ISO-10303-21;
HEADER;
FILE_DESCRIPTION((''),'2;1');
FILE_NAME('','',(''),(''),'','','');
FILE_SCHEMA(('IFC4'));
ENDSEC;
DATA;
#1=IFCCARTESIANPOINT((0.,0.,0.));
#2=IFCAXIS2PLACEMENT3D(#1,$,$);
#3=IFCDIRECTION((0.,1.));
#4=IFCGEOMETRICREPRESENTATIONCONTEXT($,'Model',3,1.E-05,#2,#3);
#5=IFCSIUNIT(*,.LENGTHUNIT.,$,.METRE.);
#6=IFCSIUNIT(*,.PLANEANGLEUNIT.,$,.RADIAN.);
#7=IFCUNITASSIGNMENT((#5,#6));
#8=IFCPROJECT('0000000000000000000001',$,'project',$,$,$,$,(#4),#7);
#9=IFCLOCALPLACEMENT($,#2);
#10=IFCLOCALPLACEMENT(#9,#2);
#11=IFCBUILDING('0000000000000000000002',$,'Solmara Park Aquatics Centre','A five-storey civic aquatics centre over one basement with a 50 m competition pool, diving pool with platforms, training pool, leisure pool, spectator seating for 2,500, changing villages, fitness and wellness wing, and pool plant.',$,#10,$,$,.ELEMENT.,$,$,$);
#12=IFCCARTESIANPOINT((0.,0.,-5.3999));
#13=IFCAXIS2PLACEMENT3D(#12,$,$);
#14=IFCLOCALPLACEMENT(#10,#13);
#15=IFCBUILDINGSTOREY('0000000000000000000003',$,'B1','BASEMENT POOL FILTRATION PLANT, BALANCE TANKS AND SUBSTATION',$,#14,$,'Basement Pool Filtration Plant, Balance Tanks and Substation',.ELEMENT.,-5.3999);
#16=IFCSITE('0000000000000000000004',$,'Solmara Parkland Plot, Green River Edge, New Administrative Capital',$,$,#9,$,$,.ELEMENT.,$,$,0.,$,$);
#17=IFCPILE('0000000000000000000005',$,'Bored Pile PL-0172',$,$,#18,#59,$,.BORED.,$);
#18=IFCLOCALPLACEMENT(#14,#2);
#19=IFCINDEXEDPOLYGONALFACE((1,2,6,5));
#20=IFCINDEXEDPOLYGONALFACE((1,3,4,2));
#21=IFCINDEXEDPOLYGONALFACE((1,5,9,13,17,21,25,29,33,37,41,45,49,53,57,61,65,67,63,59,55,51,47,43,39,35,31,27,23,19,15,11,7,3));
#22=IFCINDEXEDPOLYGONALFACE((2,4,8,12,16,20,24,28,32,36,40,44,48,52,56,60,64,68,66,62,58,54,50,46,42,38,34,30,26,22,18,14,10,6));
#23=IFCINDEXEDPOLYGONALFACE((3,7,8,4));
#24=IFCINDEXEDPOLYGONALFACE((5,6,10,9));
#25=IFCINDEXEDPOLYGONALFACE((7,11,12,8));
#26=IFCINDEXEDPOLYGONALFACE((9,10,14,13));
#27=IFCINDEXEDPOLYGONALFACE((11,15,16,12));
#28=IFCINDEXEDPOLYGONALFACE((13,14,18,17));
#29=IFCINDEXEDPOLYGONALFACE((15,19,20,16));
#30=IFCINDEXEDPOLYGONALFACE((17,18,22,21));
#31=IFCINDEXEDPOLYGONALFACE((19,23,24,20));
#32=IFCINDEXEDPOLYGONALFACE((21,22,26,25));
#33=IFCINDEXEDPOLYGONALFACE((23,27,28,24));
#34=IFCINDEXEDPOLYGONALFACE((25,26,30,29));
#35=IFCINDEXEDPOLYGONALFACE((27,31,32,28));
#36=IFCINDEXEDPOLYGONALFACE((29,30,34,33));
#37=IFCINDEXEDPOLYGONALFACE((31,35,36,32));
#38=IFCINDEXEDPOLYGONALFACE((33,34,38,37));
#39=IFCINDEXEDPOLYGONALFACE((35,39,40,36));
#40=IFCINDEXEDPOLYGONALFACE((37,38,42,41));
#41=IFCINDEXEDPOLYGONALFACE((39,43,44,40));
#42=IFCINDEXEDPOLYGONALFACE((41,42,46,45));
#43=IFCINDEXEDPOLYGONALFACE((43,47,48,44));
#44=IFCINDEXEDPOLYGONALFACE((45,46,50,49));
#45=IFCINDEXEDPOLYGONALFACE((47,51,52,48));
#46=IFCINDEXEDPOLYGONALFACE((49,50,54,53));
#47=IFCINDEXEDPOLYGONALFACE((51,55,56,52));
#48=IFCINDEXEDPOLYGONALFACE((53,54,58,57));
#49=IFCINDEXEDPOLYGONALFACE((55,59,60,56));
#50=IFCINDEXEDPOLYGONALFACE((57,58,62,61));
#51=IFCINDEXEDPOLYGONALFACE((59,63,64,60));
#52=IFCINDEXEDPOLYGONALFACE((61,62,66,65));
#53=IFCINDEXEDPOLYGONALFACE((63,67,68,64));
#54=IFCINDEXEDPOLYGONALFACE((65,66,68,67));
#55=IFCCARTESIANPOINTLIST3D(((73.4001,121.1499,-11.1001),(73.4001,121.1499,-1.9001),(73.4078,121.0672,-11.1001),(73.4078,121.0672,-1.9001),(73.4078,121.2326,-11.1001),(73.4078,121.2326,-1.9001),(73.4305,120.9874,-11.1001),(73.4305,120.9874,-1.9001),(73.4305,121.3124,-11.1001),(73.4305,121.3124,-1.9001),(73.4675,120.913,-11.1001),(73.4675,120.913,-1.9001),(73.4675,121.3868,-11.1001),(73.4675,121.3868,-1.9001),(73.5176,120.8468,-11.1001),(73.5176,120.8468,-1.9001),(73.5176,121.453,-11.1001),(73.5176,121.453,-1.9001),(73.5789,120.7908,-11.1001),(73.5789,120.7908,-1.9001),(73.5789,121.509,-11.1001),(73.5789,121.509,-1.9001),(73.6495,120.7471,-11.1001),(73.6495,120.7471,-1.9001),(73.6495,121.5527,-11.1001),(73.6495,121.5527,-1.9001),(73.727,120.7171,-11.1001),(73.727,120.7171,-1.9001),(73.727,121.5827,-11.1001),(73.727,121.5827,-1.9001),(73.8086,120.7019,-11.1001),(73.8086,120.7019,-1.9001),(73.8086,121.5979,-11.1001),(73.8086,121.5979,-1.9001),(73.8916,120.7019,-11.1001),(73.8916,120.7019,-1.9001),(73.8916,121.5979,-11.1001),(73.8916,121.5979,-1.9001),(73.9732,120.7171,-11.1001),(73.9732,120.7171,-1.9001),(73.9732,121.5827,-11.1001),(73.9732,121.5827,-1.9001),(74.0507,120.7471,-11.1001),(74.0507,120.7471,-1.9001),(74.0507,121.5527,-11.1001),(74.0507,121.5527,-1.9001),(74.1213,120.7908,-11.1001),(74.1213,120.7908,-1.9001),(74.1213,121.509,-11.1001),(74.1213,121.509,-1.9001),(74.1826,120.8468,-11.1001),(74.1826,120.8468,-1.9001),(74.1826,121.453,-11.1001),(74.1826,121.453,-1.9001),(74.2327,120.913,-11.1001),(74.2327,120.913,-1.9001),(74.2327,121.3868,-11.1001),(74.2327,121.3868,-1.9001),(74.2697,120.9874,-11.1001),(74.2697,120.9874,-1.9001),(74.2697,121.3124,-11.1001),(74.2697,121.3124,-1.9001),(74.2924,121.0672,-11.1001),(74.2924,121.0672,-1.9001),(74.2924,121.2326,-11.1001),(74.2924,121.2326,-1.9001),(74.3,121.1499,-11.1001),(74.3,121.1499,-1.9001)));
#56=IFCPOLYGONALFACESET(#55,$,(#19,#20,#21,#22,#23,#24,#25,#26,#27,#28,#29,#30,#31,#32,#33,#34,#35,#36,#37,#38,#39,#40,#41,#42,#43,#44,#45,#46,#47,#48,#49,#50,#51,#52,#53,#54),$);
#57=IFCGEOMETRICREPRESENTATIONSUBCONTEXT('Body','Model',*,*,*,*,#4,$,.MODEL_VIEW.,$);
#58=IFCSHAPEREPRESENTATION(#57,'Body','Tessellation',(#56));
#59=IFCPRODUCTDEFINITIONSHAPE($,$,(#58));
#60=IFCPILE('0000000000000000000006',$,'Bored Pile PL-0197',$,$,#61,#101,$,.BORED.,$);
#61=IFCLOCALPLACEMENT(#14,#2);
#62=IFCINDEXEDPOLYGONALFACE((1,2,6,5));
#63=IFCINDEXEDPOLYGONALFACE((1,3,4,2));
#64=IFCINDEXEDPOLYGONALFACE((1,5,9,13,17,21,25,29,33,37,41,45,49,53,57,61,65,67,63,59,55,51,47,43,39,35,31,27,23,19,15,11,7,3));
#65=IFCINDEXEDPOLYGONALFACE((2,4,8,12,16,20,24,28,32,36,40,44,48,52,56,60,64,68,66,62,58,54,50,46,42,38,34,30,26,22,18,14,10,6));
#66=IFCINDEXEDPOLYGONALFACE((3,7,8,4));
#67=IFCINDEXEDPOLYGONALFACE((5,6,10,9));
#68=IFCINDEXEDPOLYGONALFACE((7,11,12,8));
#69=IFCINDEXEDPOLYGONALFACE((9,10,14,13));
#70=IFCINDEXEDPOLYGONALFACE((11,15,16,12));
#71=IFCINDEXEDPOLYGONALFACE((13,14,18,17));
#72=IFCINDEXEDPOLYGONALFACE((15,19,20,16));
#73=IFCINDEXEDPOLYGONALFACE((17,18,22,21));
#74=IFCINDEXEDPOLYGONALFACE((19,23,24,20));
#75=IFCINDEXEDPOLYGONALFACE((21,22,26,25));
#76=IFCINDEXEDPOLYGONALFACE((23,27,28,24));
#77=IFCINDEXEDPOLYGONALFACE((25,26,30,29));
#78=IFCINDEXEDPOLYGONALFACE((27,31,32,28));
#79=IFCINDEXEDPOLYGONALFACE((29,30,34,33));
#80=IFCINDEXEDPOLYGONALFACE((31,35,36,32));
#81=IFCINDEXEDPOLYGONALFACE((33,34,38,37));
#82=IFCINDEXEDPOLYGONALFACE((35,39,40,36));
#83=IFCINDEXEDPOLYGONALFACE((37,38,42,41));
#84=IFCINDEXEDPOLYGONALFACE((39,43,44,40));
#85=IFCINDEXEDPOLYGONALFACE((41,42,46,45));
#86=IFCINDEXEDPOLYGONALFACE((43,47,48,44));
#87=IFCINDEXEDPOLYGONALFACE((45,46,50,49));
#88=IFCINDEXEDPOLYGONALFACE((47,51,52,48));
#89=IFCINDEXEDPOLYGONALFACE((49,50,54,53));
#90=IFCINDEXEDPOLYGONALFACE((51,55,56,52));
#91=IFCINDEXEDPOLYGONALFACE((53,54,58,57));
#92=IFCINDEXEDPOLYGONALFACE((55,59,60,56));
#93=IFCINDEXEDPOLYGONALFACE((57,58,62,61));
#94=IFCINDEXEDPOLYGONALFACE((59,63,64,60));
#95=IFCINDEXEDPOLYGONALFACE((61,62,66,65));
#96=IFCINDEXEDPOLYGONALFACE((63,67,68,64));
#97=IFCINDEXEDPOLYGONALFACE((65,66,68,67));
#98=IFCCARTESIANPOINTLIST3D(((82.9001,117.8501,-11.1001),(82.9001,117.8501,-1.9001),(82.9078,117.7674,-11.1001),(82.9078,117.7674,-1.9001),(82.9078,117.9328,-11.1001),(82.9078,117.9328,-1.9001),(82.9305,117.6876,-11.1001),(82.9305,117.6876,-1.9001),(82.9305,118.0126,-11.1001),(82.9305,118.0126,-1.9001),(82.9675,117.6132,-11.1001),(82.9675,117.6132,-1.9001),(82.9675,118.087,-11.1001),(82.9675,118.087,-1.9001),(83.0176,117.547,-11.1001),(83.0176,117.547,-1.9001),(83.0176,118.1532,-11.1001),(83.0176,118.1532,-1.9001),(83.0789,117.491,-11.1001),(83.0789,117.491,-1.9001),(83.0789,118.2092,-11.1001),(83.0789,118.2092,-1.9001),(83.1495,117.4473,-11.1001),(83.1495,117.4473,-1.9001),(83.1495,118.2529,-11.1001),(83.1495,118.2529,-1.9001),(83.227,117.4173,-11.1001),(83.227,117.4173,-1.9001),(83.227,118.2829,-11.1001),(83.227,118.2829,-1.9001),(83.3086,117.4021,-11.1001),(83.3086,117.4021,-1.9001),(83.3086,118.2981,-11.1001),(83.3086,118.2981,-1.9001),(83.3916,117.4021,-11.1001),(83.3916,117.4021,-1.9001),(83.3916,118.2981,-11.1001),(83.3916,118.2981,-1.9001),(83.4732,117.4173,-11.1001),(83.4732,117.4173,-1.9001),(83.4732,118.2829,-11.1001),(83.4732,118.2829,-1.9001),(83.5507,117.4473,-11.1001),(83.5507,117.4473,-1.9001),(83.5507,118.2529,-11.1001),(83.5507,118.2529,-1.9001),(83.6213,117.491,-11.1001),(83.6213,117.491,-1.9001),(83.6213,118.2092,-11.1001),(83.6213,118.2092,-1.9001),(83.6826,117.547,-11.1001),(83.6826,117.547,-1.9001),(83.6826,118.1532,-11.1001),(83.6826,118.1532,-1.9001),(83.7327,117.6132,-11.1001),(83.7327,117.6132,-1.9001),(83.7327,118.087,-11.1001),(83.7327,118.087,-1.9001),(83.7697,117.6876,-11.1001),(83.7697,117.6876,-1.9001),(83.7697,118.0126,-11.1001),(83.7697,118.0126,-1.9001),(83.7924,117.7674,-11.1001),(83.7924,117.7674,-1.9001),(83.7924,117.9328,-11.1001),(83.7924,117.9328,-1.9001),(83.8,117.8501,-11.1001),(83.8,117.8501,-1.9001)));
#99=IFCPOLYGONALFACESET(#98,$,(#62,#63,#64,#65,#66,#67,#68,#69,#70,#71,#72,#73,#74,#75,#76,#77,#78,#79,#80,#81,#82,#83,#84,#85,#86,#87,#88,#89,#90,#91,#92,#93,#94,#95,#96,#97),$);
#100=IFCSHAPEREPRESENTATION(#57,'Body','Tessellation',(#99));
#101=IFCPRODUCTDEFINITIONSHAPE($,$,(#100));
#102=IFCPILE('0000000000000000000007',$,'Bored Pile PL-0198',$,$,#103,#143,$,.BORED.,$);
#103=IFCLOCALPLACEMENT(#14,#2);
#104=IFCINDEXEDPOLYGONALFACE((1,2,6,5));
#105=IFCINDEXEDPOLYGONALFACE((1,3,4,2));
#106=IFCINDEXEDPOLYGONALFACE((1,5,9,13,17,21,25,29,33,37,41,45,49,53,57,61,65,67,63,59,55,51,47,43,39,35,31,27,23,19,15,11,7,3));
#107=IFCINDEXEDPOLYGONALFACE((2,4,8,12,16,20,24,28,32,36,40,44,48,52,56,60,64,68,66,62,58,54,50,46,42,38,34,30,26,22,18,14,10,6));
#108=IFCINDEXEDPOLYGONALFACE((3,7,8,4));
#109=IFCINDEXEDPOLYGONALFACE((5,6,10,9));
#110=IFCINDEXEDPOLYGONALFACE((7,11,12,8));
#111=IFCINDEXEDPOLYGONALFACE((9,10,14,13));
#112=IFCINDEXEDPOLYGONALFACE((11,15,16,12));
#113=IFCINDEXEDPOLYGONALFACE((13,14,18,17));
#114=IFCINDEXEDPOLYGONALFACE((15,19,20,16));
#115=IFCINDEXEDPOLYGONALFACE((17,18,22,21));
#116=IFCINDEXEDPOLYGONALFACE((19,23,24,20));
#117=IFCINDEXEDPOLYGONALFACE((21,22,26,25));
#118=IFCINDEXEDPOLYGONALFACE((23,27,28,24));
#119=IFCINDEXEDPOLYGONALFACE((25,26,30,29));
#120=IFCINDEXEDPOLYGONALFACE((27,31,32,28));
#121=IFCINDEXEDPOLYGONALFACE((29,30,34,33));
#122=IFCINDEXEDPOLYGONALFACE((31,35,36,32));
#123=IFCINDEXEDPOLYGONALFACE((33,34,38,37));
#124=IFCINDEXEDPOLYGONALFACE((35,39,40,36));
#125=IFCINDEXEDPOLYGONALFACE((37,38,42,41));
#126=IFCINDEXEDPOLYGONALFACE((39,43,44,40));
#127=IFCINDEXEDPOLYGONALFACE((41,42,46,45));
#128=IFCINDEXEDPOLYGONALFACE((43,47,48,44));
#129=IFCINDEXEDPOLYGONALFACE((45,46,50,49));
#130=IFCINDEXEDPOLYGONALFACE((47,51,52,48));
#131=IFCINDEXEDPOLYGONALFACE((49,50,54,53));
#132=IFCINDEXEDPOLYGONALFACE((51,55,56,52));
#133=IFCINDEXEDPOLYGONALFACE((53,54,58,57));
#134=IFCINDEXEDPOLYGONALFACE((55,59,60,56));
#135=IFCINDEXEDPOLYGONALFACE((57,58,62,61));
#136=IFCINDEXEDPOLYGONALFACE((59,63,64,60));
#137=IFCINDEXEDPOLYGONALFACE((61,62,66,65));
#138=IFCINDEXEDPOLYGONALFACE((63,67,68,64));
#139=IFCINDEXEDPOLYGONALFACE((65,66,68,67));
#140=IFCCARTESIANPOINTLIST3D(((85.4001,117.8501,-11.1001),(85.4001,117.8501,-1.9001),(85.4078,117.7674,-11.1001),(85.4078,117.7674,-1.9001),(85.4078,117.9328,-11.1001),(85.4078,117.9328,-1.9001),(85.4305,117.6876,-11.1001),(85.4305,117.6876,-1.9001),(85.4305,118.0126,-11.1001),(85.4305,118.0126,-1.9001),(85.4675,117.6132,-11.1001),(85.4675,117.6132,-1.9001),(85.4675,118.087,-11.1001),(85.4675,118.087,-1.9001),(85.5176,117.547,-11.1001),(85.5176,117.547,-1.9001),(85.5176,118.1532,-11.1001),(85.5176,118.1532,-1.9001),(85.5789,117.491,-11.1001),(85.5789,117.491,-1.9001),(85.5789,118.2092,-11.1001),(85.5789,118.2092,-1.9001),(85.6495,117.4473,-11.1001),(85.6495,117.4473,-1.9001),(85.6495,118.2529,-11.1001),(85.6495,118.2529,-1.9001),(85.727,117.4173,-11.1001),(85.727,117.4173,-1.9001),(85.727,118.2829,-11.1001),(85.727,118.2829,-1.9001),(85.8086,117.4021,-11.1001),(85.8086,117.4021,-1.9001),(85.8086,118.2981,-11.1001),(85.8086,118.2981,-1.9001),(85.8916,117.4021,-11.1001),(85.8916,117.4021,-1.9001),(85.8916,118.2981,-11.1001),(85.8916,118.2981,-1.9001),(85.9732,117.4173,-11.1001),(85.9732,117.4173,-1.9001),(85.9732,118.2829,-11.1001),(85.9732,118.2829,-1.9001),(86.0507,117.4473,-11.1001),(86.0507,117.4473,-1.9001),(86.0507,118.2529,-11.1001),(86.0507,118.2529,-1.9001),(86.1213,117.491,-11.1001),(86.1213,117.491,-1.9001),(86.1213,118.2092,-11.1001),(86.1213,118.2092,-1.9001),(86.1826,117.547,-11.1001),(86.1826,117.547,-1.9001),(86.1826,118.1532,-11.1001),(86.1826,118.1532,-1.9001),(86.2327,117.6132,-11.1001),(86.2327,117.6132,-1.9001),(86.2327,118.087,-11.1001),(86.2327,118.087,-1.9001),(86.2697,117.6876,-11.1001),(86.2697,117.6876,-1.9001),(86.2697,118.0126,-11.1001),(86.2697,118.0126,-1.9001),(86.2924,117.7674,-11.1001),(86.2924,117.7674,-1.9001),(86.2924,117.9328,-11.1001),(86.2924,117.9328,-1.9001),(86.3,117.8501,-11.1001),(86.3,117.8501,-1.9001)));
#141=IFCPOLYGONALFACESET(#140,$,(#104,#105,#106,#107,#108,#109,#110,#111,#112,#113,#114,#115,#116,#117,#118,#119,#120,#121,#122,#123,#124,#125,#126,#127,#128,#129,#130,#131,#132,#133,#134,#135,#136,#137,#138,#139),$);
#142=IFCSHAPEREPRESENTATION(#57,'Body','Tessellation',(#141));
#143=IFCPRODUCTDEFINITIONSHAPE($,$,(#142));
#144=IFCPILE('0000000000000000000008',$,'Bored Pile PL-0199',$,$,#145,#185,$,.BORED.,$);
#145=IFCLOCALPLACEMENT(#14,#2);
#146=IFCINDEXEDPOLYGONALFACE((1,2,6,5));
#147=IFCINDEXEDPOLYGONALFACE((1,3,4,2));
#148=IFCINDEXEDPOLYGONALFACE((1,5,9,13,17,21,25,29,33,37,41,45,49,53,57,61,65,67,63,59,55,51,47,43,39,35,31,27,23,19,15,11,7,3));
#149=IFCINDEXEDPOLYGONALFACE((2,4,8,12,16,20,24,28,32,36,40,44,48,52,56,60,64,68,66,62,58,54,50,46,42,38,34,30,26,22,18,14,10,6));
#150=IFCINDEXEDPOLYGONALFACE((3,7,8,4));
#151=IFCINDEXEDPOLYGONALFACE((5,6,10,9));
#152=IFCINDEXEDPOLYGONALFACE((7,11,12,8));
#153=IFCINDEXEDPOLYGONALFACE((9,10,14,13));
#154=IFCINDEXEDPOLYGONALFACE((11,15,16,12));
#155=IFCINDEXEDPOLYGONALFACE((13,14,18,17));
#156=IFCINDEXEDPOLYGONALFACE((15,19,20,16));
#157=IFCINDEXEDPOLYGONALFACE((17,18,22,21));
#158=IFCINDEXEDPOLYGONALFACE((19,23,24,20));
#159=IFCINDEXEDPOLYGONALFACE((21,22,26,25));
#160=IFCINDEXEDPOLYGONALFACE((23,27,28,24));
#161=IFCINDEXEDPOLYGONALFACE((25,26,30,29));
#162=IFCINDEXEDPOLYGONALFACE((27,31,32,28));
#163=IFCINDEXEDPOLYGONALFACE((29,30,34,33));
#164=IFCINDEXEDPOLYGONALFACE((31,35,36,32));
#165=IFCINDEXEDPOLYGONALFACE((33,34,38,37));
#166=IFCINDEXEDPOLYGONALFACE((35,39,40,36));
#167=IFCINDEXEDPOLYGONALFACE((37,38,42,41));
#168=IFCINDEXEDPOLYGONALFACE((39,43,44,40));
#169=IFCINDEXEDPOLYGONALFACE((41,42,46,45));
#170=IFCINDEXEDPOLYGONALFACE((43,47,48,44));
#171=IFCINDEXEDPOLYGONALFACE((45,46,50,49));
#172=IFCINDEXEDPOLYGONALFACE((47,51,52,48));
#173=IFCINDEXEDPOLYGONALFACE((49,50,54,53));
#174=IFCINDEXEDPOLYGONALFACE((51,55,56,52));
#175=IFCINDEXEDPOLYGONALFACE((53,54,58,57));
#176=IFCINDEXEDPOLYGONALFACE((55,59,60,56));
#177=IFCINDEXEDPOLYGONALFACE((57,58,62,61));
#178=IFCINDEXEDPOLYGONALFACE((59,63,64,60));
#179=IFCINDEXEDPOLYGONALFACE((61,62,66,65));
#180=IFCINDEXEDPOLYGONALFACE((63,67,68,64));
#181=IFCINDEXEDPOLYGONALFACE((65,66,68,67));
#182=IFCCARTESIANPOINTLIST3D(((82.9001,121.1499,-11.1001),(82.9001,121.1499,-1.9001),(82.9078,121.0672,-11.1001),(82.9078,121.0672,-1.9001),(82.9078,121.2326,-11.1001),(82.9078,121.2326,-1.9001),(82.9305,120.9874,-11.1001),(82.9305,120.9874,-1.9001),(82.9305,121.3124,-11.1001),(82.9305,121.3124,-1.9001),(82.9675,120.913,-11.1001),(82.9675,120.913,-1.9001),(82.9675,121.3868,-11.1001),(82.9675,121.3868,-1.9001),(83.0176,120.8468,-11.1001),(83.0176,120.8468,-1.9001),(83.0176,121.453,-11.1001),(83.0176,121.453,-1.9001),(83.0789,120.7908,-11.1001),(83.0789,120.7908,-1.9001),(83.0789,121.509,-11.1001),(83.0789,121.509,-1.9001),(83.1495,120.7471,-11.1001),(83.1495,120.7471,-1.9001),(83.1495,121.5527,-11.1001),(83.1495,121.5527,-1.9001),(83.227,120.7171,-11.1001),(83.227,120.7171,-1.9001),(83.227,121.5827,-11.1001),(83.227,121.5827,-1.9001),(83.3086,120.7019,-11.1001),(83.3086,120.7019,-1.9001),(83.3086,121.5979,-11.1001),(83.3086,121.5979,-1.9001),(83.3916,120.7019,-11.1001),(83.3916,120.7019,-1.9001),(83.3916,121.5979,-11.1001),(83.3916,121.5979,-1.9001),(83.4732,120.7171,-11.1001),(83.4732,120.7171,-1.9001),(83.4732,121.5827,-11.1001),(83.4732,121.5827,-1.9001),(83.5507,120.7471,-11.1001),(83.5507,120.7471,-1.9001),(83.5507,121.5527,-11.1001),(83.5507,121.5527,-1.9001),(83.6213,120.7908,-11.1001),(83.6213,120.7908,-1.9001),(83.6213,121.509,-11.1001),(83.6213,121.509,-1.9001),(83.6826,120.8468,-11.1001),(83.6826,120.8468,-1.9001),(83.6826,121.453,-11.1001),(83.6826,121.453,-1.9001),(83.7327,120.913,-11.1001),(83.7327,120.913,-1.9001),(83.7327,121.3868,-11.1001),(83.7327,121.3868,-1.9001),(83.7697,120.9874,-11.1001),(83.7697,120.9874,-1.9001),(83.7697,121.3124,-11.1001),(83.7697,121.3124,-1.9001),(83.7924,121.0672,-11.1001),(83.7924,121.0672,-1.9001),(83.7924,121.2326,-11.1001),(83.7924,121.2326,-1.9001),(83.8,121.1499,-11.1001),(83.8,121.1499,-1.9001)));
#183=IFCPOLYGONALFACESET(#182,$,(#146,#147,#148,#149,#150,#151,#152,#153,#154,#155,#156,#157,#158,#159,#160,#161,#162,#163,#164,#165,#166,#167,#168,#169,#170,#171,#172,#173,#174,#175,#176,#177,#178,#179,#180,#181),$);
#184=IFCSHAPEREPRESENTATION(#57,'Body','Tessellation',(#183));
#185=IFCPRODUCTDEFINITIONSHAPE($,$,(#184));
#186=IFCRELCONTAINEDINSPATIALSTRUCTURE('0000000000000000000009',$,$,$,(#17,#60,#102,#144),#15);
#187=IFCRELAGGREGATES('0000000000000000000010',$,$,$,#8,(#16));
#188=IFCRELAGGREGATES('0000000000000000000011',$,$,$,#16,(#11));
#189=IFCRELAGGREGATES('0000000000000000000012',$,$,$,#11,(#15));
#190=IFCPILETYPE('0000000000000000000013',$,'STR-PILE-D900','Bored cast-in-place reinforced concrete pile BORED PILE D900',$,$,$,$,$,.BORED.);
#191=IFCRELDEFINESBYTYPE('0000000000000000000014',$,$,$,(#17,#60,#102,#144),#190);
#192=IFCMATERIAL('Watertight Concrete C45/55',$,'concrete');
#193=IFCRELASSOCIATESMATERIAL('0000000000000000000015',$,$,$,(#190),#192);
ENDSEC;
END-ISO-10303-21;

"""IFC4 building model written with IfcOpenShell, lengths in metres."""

from ifc_helpers import new_model, si_unit, direction, frame, origin, origin_2d, place, context, subcontext, project, spatial, circle, extrude, material, material_profile, profile_set, type_object, element, save


model = new_model("IFC4")

# Units and contexts
model_context = context("Model", 3, precision=1e-05, world=origin(), true_north=direction((0.0, 1.0)))
body_context = subcontext(model_context, "Body", "Model", "MODEL_VIEW")
ifc_project = project(units=[si_unit("LENGTHUNIT", "METRE"), si_unit("PLANEANGLEUNIT", "RADIAN")], contexts=[model_context])

# Site, building, storey
site_placement = place(None, origin())
site = spatial("IfcSite", under=ifc_project, at=site_placement, Name="Solmara Parkland Plot, Green River Edge, New Administrative Capital", CompositionType="ELEMENT", RefElevation=0.0)
building_placement = place(site_placement, origin())
building = spatial("IfcBuilding", under=site, at=building_placement, Name="Solmara Park Aquatics Centre", Description="A five-storey civic aquatics centre over one basement with a 50 m competition pool, diving pool with platforms, training pool, leisure pool, spectator seating for 2,500, changing villages, fitness and wellness wing, and pool plant.", CompositionType="ELEMENT")
storey_placement = place(building_placement, frame((0.0, 0.0, -5.3999)))
storey = spatial("IfcBuildingStorey", under=building, at=storey_placement, Name="B1", Description="BASEMENT POOL FILTRATION PLANT, BALANCE TANKS AND SUBSTATION", LongName="Basement Pool Filtration Plant, Balance Tanks and Substation", CompositionType="ELEMENT", Elevation=-5.3999)

# Shared definitions
ifc_material_1 = material(Name="Watertight Concrete C45/55", Category="concrete")

# Piles
ifc_material_profile_1 = material_profile(ifc_material_1, circle(Radius=0.45, at=origin_2d()), Name="BORED PILE D900")
ifc_profile_set_1 = profile_set([ifc_material_profile_1], Name="Watertight Concrete C45/55")
pile_type = type_object("IfcPileType", Name="STR-PILE-D900", Description="Bored cast-in-place reinforced concrete pile BORED PILE D900", PredefinedType="BORED", material=ifc_profile_set_1)
for number, where, z_axis, x_axis, name in (
    (1, (73.8501, 121.1499, -1.9001), (0.0, 0.0, -1.0), (1.0, 0.0, 0.0), "Bored Pile PL-0172"),
    (2, (83.3501, 117.8501, -1.9001), (0.0, 0.0, -1.0), (1.0, 0.0, 0.0), "Bored Pile PL-0197"),
    (3, (85.8501, 117.8501, -1.9001), (0.0, 0.0, -1.0), (1.0, 0.0, 0.0), "Bored Pile PL-0198"),
    (4, (83.3501, 121.1499, -1.9001), (0.0, 0.0, -1.0), (1.0, 0.0, 0.0), "Bored Pile PL-0199"),
):
    element("IfcPile", number, at=place(storey_placement, frame(where, z_axis=z_axis, x_axis=x_axis)), inside=storey, type_object=pile_type, Name=name, PredefinedType="BORED", context=body_context, shape_type="SweptSolid", body=[
        extrude(circle(Radius=0.45, at=origin_2d()), origin(), (0.0, 0.0, 1.0), 9.2),
    ])

save(model, "model.ifc")
